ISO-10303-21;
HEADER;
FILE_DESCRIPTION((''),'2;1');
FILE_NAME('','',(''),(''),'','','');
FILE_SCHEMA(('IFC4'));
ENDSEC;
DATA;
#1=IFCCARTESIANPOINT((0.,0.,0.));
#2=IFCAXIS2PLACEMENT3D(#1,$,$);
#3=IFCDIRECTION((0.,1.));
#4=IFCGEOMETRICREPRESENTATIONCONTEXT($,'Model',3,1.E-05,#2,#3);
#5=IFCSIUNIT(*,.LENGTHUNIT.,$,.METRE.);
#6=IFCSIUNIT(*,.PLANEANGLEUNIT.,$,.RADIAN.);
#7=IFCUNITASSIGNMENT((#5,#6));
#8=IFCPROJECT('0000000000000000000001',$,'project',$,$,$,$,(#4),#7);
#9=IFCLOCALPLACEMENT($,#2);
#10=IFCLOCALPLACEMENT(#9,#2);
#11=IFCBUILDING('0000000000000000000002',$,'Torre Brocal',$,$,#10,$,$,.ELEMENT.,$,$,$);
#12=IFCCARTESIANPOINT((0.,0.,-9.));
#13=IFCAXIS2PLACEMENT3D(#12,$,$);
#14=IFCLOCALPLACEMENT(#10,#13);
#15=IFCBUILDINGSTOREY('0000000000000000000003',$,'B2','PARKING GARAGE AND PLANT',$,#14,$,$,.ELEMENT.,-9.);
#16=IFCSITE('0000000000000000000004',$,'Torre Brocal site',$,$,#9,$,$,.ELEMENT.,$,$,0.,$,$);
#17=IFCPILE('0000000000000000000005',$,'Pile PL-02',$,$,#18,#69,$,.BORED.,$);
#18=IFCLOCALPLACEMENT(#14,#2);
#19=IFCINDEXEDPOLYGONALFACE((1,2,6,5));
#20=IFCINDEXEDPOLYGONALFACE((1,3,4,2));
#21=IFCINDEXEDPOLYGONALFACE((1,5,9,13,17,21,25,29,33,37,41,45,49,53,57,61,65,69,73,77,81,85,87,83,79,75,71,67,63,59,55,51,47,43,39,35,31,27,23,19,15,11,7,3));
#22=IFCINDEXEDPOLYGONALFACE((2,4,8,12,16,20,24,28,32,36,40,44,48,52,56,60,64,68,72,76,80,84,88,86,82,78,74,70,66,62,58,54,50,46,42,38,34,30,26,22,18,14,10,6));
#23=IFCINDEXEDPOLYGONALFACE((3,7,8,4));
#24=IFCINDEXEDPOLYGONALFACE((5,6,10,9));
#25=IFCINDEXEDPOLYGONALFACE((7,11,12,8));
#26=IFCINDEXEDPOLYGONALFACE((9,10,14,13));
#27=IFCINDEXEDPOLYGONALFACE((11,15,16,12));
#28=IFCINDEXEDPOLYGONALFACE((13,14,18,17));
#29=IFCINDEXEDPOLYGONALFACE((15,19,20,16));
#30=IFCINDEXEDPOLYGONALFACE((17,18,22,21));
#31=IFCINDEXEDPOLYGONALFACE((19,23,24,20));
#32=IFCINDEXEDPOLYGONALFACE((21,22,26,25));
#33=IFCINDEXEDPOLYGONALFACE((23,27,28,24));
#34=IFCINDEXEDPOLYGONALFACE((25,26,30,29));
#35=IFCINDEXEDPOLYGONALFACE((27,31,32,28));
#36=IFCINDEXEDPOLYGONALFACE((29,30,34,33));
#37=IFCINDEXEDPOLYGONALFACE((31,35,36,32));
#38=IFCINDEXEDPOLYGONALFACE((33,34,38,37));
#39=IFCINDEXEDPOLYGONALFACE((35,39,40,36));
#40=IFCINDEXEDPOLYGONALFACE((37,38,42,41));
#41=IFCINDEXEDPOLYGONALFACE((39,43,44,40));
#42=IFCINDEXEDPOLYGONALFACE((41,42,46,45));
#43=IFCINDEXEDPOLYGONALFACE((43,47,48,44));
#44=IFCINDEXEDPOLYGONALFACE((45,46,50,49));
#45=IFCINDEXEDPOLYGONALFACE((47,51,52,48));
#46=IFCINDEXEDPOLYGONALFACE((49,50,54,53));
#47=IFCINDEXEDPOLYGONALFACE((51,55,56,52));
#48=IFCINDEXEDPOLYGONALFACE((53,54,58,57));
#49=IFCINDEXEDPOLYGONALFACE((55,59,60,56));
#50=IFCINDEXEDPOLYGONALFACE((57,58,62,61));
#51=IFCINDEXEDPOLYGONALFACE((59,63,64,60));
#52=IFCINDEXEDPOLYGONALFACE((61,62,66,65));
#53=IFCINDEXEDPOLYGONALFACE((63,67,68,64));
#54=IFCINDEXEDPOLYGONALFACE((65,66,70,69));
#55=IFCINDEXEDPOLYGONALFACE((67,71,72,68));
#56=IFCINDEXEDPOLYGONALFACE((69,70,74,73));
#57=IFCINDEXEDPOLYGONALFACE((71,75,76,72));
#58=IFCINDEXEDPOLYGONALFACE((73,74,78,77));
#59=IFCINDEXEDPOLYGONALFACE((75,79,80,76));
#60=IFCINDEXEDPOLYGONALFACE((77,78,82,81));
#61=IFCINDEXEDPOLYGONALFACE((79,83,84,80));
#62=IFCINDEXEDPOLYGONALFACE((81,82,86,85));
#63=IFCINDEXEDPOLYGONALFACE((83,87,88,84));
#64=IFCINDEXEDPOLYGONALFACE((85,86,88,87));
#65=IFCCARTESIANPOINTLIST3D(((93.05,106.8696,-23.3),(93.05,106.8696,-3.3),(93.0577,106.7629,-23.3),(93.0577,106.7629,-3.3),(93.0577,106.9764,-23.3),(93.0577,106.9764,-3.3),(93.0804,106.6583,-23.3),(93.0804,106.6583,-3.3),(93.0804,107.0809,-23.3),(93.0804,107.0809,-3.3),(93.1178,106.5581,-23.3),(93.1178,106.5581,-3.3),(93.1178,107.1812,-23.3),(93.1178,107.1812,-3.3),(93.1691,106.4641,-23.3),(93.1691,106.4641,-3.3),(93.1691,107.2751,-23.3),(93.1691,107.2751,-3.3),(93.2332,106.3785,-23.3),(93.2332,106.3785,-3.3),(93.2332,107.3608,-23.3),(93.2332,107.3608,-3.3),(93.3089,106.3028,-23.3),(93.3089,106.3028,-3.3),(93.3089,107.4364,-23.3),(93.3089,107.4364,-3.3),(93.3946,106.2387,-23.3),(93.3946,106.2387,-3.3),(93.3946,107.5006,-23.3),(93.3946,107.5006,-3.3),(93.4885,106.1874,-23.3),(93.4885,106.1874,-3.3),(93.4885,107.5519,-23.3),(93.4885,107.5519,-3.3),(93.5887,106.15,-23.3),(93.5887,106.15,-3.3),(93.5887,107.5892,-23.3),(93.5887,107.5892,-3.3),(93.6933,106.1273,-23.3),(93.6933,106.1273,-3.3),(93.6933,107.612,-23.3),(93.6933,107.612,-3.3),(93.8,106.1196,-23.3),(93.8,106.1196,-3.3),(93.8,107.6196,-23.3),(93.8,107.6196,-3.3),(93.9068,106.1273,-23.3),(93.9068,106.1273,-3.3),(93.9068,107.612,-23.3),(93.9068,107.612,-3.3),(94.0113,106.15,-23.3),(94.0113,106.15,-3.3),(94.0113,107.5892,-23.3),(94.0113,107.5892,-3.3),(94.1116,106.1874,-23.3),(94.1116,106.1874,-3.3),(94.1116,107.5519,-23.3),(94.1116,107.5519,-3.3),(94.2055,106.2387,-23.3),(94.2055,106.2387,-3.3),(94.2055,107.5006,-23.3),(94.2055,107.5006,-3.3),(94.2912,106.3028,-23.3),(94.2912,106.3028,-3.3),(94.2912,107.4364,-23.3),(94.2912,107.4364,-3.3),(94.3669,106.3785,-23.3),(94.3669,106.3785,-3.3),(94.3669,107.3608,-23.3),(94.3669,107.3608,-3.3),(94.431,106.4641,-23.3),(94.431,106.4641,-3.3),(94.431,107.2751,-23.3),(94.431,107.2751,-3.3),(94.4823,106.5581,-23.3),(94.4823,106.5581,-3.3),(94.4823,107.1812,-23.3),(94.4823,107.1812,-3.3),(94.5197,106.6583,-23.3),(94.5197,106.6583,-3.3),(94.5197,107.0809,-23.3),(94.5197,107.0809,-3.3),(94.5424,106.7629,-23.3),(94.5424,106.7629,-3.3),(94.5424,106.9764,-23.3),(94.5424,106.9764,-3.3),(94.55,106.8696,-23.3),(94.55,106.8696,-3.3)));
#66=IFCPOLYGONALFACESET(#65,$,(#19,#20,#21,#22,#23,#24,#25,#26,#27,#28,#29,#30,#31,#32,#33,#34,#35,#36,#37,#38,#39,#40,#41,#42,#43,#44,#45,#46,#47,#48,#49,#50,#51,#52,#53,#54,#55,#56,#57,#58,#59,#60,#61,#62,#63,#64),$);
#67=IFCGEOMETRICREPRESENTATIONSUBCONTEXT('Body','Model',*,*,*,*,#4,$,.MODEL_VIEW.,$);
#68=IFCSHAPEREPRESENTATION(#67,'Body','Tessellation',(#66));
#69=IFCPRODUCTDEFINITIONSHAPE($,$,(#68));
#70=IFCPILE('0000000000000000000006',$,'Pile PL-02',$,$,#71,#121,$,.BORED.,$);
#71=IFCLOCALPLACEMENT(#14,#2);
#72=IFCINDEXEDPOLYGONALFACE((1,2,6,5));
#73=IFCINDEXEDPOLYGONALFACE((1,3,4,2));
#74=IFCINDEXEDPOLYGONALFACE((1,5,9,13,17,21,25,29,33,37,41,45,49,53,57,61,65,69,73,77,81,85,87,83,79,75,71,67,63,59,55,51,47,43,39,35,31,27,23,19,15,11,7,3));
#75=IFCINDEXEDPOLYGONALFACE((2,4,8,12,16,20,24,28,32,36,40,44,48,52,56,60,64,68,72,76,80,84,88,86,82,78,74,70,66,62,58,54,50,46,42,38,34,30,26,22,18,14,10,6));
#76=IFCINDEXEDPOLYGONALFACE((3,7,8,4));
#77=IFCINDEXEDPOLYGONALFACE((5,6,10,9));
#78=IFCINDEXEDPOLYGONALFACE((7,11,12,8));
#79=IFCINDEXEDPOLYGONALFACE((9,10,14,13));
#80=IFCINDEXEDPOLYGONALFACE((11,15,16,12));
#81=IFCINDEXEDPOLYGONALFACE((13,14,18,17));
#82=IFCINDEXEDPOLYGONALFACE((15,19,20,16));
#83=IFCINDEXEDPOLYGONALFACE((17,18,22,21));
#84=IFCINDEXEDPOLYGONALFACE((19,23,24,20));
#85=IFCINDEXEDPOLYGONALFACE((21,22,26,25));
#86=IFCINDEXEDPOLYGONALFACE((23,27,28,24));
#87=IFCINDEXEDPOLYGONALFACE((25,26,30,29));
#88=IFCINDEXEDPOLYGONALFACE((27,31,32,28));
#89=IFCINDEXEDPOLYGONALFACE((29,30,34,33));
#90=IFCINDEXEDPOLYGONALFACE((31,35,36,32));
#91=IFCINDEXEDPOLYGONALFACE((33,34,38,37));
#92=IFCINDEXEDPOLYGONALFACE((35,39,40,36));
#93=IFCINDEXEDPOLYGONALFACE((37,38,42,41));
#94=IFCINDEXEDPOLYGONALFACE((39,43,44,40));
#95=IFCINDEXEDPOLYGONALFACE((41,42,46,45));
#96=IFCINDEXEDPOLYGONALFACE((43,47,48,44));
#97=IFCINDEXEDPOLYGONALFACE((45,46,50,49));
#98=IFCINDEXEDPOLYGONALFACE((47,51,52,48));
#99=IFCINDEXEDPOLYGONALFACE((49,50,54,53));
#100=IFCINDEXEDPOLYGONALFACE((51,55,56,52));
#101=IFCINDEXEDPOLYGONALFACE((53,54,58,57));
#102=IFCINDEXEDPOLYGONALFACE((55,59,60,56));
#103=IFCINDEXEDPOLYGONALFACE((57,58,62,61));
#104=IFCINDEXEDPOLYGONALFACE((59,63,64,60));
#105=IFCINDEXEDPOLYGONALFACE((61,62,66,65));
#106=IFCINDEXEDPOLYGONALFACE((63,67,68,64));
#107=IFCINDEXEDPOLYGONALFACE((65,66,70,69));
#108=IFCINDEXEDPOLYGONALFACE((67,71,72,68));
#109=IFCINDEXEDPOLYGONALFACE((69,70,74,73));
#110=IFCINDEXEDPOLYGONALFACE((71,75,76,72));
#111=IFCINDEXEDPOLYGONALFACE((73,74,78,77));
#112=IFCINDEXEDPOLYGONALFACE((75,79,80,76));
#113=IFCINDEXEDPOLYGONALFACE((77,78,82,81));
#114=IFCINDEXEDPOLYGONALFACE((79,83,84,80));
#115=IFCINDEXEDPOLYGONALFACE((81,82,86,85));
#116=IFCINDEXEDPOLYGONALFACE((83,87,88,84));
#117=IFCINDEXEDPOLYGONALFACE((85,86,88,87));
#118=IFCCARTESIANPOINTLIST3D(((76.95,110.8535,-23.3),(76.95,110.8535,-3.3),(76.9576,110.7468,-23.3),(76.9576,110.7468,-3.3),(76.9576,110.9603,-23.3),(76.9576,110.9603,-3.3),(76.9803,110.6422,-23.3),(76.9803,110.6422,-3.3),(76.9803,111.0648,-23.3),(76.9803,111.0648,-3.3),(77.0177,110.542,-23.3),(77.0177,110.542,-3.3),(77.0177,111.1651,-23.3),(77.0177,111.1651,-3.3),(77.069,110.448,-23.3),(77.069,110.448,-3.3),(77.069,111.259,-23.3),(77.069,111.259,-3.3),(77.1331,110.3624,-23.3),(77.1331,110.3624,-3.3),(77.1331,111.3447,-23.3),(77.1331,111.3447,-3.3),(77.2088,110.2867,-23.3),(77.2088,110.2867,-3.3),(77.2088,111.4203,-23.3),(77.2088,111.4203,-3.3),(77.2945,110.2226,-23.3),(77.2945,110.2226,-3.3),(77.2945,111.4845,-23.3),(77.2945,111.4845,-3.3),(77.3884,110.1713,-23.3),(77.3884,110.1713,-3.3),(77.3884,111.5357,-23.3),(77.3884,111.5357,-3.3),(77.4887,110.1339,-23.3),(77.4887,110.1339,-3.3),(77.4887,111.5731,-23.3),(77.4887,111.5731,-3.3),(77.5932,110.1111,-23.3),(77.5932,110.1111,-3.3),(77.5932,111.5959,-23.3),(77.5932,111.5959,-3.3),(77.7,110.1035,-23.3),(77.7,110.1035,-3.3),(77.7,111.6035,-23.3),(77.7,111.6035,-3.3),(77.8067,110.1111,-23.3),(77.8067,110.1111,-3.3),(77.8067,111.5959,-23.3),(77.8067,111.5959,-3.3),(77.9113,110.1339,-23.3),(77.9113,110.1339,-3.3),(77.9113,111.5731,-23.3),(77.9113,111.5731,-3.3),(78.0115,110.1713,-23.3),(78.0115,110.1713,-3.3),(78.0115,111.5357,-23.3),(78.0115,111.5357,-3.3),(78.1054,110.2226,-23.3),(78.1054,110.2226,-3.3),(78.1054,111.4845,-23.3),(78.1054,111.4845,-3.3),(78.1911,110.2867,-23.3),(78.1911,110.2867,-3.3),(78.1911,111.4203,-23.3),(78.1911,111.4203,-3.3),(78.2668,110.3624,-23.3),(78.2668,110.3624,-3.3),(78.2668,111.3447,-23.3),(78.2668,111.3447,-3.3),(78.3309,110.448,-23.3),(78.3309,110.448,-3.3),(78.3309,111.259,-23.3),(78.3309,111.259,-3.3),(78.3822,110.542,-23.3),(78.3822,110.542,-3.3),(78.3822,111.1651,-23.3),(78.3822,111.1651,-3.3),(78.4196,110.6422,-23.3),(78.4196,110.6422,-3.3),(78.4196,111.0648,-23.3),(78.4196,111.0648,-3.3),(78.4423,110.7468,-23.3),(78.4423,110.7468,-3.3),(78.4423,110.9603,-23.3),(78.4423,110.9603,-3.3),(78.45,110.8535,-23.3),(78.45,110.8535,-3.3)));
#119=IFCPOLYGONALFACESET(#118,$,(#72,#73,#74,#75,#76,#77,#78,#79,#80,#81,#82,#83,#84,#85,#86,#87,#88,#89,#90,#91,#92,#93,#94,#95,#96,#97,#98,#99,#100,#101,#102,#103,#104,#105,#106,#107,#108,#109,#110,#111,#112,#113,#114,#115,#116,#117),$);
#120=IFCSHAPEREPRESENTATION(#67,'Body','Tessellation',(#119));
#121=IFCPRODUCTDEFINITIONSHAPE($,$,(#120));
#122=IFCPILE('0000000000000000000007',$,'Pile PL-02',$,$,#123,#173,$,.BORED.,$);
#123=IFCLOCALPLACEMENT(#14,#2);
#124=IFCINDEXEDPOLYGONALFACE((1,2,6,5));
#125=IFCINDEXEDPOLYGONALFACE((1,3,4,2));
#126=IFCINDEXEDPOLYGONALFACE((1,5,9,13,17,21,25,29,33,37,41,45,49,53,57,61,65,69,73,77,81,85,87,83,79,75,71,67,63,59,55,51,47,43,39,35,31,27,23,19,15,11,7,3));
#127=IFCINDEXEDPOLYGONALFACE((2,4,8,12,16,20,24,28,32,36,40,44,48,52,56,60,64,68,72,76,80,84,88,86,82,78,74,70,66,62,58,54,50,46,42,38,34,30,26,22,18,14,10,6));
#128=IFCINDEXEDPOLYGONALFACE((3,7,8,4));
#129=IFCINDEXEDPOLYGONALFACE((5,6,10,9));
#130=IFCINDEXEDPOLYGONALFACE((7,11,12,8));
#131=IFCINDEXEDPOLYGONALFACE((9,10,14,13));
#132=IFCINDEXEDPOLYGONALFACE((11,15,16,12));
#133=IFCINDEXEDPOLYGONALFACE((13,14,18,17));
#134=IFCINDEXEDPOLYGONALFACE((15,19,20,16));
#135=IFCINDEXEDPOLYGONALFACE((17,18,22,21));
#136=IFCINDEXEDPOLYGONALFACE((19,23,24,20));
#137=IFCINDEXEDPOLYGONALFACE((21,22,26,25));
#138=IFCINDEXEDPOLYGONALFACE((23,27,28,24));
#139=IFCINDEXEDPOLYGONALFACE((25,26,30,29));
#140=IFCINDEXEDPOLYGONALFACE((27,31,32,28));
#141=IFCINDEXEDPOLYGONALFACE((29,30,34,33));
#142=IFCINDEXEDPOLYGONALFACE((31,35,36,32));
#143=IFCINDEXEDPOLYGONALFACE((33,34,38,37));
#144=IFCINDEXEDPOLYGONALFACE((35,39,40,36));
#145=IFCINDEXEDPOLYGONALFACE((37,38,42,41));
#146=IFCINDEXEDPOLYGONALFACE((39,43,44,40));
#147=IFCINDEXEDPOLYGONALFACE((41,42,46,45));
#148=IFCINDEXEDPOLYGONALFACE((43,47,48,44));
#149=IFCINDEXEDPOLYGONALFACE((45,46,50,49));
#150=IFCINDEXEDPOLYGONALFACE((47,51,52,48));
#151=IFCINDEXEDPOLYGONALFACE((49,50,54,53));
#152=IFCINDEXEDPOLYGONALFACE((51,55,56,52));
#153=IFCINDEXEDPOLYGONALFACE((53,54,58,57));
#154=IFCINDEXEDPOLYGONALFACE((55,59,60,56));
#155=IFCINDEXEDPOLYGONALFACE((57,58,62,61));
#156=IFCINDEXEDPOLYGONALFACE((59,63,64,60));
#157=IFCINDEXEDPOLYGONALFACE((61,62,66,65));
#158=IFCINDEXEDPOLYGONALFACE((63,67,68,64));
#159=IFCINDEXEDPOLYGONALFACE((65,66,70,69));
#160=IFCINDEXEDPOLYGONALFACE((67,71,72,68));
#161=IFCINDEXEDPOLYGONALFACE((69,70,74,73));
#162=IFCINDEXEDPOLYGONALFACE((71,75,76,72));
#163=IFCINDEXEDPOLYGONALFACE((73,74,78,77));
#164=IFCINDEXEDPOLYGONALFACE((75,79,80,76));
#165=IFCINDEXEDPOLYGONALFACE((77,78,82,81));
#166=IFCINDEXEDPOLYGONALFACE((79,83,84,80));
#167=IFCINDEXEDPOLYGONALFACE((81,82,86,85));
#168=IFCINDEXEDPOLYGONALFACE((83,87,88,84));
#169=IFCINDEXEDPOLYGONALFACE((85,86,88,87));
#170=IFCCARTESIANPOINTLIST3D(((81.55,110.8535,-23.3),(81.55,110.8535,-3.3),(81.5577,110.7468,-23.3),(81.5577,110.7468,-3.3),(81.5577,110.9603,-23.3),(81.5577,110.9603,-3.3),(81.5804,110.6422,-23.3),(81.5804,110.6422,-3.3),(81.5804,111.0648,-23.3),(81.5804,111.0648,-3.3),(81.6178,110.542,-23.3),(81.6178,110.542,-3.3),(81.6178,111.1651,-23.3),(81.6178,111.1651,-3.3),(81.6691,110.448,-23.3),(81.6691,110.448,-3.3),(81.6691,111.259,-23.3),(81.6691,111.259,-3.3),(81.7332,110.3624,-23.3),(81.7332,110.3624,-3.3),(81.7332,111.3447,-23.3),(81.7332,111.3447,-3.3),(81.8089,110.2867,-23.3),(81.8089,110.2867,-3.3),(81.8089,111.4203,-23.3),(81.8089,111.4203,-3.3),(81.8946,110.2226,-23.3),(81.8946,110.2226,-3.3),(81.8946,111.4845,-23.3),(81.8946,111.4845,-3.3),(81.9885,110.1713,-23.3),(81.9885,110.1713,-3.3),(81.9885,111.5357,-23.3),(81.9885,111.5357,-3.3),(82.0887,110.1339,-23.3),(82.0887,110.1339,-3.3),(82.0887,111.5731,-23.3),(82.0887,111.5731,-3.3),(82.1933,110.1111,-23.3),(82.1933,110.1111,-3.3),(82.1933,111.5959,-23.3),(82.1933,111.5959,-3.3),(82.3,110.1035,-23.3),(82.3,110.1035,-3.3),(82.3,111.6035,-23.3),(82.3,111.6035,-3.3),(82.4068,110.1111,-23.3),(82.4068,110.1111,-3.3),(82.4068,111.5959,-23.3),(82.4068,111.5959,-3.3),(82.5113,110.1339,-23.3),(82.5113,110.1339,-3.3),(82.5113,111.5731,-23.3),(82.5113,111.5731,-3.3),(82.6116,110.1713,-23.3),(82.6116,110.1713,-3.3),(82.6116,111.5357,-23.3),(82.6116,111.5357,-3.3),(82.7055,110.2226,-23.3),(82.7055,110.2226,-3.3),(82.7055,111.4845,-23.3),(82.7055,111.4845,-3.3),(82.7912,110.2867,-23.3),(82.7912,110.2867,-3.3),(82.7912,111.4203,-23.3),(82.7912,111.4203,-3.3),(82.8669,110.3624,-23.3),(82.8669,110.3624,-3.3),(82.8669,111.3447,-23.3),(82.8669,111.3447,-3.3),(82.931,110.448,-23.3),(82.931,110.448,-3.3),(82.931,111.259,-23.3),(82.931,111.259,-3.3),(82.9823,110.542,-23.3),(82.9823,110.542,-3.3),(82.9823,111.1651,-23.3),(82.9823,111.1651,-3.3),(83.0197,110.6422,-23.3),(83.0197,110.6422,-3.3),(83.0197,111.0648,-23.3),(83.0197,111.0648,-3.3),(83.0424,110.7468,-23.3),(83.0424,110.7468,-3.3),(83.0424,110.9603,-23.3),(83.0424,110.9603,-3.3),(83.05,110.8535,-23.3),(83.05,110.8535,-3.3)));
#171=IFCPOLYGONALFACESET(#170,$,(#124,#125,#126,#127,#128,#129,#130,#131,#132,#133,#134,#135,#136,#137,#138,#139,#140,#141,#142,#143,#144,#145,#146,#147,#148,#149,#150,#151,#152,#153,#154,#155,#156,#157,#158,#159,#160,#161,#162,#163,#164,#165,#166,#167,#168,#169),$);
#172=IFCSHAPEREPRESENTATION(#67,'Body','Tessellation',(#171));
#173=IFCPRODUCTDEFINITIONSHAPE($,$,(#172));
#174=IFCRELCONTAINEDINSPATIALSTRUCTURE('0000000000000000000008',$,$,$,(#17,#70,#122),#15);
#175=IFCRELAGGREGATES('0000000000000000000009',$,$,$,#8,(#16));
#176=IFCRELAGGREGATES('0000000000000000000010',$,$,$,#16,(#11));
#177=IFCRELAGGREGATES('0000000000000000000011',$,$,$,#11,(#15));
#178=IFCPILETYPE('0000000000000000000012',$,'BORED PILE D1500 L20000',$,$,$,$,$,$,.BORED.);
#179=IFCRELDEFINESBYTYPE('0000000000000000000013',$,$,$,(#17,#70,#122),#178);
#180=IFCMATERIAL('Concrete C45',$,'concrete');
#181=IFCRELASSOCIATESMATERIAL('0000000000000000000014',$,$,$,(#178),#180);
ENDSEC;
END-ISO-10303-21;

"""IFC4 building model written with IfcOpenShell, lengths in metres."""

from ifc_helpers import new_model, si_unit, direction, frame, origin, origin_2d, place, context, subcontext, project, spatial, circle, extrude, material, material_profile, profile_set, type_object, element, save


model = new_model("IFC4")

# Units and contexts
model_context = context("Model", 3, precision=1e-05, world=origin(), true_north=direction((0.0, 1.0)))
body_context = subcontext(model_context, "Body", "Model", "MODEL_VIEW")
ifc_project = project(units=[si_unit("LENGTHUNIT", "METRE"), si_unit("PLANEANGLEUNIT", "RADIAN")], contexts=[model_context])

# Site, building, storey
site_placement = place(None, origin())
site = spatial("IfcSite", under=ifc_project, at=site_placement, Name="Torre Brocal site", CompositionType="ELEMENT", RefElevation=0.0)
building_placement = place(site_placement, origin())
building = spatial("IfcBuilding", under=site, at=building_placement, Name="Torre Brocal", CompositionType="ELEMENT")
storey_placement = place(building_placement, frame((0.0, 0.0, -9.0)))
storey = spatial("IfcBuildingStorey", under=building, at=storey_placement, Name="B2", Description="PARKING GARAGE AND PLANT", CompositionType="ELEMENT", Elevation=-9.0)

# Piles
ifc_material_1 = material(Name="Concrete C45", Category="concrete")
ifc_material_profile_1 = material_profile(ifc_material_1, circle(Radius=0.75, at=origin_2d()), Name="BORED PILE D1500")
ifc_profile_set_1 = profile_set([ifc_material_profile_1], Name="Concrete C45")
pile_type_1 = type_object("IfcPileType", Name="BORED PILE D1500 L20000", PredefinedType="BORED", material=ifc_profile_set_1)
for number, where, z_axis, x_axis, name in (
    (1, (93.8, 106.8696, -3.3), (0.0, 0.0, -1.0), (1.0, 0.0, 0.0), "Pile PL-02"),
    (2, (77.7, 110.8535, -3.3), (0.0, 0.0, -1.0), (1.0, 0.0, 0.0), "Pile PL-02"),
    (3, (82.3, 110.8535, -3.3), (0.0, 0.0, -1.0), (1.0, 0.0, 0.0), "Pile PL-02"),
):
    element("IfcPile", number, at=place(storey_placement, frame(where, z_axis=z_axis, x_axis=x_axis)), inside=storey, type_object=pile_type_1, Name=name, PredefinedType="BORED", context=body_context, shape_type="SweptSolid", body=[
        extrude(circle(Radius=0.75, at=origin_2d()), origin(), (0.0, 0.0, 1.0), 20.0),
    ])

save(model, "model.ifc")
